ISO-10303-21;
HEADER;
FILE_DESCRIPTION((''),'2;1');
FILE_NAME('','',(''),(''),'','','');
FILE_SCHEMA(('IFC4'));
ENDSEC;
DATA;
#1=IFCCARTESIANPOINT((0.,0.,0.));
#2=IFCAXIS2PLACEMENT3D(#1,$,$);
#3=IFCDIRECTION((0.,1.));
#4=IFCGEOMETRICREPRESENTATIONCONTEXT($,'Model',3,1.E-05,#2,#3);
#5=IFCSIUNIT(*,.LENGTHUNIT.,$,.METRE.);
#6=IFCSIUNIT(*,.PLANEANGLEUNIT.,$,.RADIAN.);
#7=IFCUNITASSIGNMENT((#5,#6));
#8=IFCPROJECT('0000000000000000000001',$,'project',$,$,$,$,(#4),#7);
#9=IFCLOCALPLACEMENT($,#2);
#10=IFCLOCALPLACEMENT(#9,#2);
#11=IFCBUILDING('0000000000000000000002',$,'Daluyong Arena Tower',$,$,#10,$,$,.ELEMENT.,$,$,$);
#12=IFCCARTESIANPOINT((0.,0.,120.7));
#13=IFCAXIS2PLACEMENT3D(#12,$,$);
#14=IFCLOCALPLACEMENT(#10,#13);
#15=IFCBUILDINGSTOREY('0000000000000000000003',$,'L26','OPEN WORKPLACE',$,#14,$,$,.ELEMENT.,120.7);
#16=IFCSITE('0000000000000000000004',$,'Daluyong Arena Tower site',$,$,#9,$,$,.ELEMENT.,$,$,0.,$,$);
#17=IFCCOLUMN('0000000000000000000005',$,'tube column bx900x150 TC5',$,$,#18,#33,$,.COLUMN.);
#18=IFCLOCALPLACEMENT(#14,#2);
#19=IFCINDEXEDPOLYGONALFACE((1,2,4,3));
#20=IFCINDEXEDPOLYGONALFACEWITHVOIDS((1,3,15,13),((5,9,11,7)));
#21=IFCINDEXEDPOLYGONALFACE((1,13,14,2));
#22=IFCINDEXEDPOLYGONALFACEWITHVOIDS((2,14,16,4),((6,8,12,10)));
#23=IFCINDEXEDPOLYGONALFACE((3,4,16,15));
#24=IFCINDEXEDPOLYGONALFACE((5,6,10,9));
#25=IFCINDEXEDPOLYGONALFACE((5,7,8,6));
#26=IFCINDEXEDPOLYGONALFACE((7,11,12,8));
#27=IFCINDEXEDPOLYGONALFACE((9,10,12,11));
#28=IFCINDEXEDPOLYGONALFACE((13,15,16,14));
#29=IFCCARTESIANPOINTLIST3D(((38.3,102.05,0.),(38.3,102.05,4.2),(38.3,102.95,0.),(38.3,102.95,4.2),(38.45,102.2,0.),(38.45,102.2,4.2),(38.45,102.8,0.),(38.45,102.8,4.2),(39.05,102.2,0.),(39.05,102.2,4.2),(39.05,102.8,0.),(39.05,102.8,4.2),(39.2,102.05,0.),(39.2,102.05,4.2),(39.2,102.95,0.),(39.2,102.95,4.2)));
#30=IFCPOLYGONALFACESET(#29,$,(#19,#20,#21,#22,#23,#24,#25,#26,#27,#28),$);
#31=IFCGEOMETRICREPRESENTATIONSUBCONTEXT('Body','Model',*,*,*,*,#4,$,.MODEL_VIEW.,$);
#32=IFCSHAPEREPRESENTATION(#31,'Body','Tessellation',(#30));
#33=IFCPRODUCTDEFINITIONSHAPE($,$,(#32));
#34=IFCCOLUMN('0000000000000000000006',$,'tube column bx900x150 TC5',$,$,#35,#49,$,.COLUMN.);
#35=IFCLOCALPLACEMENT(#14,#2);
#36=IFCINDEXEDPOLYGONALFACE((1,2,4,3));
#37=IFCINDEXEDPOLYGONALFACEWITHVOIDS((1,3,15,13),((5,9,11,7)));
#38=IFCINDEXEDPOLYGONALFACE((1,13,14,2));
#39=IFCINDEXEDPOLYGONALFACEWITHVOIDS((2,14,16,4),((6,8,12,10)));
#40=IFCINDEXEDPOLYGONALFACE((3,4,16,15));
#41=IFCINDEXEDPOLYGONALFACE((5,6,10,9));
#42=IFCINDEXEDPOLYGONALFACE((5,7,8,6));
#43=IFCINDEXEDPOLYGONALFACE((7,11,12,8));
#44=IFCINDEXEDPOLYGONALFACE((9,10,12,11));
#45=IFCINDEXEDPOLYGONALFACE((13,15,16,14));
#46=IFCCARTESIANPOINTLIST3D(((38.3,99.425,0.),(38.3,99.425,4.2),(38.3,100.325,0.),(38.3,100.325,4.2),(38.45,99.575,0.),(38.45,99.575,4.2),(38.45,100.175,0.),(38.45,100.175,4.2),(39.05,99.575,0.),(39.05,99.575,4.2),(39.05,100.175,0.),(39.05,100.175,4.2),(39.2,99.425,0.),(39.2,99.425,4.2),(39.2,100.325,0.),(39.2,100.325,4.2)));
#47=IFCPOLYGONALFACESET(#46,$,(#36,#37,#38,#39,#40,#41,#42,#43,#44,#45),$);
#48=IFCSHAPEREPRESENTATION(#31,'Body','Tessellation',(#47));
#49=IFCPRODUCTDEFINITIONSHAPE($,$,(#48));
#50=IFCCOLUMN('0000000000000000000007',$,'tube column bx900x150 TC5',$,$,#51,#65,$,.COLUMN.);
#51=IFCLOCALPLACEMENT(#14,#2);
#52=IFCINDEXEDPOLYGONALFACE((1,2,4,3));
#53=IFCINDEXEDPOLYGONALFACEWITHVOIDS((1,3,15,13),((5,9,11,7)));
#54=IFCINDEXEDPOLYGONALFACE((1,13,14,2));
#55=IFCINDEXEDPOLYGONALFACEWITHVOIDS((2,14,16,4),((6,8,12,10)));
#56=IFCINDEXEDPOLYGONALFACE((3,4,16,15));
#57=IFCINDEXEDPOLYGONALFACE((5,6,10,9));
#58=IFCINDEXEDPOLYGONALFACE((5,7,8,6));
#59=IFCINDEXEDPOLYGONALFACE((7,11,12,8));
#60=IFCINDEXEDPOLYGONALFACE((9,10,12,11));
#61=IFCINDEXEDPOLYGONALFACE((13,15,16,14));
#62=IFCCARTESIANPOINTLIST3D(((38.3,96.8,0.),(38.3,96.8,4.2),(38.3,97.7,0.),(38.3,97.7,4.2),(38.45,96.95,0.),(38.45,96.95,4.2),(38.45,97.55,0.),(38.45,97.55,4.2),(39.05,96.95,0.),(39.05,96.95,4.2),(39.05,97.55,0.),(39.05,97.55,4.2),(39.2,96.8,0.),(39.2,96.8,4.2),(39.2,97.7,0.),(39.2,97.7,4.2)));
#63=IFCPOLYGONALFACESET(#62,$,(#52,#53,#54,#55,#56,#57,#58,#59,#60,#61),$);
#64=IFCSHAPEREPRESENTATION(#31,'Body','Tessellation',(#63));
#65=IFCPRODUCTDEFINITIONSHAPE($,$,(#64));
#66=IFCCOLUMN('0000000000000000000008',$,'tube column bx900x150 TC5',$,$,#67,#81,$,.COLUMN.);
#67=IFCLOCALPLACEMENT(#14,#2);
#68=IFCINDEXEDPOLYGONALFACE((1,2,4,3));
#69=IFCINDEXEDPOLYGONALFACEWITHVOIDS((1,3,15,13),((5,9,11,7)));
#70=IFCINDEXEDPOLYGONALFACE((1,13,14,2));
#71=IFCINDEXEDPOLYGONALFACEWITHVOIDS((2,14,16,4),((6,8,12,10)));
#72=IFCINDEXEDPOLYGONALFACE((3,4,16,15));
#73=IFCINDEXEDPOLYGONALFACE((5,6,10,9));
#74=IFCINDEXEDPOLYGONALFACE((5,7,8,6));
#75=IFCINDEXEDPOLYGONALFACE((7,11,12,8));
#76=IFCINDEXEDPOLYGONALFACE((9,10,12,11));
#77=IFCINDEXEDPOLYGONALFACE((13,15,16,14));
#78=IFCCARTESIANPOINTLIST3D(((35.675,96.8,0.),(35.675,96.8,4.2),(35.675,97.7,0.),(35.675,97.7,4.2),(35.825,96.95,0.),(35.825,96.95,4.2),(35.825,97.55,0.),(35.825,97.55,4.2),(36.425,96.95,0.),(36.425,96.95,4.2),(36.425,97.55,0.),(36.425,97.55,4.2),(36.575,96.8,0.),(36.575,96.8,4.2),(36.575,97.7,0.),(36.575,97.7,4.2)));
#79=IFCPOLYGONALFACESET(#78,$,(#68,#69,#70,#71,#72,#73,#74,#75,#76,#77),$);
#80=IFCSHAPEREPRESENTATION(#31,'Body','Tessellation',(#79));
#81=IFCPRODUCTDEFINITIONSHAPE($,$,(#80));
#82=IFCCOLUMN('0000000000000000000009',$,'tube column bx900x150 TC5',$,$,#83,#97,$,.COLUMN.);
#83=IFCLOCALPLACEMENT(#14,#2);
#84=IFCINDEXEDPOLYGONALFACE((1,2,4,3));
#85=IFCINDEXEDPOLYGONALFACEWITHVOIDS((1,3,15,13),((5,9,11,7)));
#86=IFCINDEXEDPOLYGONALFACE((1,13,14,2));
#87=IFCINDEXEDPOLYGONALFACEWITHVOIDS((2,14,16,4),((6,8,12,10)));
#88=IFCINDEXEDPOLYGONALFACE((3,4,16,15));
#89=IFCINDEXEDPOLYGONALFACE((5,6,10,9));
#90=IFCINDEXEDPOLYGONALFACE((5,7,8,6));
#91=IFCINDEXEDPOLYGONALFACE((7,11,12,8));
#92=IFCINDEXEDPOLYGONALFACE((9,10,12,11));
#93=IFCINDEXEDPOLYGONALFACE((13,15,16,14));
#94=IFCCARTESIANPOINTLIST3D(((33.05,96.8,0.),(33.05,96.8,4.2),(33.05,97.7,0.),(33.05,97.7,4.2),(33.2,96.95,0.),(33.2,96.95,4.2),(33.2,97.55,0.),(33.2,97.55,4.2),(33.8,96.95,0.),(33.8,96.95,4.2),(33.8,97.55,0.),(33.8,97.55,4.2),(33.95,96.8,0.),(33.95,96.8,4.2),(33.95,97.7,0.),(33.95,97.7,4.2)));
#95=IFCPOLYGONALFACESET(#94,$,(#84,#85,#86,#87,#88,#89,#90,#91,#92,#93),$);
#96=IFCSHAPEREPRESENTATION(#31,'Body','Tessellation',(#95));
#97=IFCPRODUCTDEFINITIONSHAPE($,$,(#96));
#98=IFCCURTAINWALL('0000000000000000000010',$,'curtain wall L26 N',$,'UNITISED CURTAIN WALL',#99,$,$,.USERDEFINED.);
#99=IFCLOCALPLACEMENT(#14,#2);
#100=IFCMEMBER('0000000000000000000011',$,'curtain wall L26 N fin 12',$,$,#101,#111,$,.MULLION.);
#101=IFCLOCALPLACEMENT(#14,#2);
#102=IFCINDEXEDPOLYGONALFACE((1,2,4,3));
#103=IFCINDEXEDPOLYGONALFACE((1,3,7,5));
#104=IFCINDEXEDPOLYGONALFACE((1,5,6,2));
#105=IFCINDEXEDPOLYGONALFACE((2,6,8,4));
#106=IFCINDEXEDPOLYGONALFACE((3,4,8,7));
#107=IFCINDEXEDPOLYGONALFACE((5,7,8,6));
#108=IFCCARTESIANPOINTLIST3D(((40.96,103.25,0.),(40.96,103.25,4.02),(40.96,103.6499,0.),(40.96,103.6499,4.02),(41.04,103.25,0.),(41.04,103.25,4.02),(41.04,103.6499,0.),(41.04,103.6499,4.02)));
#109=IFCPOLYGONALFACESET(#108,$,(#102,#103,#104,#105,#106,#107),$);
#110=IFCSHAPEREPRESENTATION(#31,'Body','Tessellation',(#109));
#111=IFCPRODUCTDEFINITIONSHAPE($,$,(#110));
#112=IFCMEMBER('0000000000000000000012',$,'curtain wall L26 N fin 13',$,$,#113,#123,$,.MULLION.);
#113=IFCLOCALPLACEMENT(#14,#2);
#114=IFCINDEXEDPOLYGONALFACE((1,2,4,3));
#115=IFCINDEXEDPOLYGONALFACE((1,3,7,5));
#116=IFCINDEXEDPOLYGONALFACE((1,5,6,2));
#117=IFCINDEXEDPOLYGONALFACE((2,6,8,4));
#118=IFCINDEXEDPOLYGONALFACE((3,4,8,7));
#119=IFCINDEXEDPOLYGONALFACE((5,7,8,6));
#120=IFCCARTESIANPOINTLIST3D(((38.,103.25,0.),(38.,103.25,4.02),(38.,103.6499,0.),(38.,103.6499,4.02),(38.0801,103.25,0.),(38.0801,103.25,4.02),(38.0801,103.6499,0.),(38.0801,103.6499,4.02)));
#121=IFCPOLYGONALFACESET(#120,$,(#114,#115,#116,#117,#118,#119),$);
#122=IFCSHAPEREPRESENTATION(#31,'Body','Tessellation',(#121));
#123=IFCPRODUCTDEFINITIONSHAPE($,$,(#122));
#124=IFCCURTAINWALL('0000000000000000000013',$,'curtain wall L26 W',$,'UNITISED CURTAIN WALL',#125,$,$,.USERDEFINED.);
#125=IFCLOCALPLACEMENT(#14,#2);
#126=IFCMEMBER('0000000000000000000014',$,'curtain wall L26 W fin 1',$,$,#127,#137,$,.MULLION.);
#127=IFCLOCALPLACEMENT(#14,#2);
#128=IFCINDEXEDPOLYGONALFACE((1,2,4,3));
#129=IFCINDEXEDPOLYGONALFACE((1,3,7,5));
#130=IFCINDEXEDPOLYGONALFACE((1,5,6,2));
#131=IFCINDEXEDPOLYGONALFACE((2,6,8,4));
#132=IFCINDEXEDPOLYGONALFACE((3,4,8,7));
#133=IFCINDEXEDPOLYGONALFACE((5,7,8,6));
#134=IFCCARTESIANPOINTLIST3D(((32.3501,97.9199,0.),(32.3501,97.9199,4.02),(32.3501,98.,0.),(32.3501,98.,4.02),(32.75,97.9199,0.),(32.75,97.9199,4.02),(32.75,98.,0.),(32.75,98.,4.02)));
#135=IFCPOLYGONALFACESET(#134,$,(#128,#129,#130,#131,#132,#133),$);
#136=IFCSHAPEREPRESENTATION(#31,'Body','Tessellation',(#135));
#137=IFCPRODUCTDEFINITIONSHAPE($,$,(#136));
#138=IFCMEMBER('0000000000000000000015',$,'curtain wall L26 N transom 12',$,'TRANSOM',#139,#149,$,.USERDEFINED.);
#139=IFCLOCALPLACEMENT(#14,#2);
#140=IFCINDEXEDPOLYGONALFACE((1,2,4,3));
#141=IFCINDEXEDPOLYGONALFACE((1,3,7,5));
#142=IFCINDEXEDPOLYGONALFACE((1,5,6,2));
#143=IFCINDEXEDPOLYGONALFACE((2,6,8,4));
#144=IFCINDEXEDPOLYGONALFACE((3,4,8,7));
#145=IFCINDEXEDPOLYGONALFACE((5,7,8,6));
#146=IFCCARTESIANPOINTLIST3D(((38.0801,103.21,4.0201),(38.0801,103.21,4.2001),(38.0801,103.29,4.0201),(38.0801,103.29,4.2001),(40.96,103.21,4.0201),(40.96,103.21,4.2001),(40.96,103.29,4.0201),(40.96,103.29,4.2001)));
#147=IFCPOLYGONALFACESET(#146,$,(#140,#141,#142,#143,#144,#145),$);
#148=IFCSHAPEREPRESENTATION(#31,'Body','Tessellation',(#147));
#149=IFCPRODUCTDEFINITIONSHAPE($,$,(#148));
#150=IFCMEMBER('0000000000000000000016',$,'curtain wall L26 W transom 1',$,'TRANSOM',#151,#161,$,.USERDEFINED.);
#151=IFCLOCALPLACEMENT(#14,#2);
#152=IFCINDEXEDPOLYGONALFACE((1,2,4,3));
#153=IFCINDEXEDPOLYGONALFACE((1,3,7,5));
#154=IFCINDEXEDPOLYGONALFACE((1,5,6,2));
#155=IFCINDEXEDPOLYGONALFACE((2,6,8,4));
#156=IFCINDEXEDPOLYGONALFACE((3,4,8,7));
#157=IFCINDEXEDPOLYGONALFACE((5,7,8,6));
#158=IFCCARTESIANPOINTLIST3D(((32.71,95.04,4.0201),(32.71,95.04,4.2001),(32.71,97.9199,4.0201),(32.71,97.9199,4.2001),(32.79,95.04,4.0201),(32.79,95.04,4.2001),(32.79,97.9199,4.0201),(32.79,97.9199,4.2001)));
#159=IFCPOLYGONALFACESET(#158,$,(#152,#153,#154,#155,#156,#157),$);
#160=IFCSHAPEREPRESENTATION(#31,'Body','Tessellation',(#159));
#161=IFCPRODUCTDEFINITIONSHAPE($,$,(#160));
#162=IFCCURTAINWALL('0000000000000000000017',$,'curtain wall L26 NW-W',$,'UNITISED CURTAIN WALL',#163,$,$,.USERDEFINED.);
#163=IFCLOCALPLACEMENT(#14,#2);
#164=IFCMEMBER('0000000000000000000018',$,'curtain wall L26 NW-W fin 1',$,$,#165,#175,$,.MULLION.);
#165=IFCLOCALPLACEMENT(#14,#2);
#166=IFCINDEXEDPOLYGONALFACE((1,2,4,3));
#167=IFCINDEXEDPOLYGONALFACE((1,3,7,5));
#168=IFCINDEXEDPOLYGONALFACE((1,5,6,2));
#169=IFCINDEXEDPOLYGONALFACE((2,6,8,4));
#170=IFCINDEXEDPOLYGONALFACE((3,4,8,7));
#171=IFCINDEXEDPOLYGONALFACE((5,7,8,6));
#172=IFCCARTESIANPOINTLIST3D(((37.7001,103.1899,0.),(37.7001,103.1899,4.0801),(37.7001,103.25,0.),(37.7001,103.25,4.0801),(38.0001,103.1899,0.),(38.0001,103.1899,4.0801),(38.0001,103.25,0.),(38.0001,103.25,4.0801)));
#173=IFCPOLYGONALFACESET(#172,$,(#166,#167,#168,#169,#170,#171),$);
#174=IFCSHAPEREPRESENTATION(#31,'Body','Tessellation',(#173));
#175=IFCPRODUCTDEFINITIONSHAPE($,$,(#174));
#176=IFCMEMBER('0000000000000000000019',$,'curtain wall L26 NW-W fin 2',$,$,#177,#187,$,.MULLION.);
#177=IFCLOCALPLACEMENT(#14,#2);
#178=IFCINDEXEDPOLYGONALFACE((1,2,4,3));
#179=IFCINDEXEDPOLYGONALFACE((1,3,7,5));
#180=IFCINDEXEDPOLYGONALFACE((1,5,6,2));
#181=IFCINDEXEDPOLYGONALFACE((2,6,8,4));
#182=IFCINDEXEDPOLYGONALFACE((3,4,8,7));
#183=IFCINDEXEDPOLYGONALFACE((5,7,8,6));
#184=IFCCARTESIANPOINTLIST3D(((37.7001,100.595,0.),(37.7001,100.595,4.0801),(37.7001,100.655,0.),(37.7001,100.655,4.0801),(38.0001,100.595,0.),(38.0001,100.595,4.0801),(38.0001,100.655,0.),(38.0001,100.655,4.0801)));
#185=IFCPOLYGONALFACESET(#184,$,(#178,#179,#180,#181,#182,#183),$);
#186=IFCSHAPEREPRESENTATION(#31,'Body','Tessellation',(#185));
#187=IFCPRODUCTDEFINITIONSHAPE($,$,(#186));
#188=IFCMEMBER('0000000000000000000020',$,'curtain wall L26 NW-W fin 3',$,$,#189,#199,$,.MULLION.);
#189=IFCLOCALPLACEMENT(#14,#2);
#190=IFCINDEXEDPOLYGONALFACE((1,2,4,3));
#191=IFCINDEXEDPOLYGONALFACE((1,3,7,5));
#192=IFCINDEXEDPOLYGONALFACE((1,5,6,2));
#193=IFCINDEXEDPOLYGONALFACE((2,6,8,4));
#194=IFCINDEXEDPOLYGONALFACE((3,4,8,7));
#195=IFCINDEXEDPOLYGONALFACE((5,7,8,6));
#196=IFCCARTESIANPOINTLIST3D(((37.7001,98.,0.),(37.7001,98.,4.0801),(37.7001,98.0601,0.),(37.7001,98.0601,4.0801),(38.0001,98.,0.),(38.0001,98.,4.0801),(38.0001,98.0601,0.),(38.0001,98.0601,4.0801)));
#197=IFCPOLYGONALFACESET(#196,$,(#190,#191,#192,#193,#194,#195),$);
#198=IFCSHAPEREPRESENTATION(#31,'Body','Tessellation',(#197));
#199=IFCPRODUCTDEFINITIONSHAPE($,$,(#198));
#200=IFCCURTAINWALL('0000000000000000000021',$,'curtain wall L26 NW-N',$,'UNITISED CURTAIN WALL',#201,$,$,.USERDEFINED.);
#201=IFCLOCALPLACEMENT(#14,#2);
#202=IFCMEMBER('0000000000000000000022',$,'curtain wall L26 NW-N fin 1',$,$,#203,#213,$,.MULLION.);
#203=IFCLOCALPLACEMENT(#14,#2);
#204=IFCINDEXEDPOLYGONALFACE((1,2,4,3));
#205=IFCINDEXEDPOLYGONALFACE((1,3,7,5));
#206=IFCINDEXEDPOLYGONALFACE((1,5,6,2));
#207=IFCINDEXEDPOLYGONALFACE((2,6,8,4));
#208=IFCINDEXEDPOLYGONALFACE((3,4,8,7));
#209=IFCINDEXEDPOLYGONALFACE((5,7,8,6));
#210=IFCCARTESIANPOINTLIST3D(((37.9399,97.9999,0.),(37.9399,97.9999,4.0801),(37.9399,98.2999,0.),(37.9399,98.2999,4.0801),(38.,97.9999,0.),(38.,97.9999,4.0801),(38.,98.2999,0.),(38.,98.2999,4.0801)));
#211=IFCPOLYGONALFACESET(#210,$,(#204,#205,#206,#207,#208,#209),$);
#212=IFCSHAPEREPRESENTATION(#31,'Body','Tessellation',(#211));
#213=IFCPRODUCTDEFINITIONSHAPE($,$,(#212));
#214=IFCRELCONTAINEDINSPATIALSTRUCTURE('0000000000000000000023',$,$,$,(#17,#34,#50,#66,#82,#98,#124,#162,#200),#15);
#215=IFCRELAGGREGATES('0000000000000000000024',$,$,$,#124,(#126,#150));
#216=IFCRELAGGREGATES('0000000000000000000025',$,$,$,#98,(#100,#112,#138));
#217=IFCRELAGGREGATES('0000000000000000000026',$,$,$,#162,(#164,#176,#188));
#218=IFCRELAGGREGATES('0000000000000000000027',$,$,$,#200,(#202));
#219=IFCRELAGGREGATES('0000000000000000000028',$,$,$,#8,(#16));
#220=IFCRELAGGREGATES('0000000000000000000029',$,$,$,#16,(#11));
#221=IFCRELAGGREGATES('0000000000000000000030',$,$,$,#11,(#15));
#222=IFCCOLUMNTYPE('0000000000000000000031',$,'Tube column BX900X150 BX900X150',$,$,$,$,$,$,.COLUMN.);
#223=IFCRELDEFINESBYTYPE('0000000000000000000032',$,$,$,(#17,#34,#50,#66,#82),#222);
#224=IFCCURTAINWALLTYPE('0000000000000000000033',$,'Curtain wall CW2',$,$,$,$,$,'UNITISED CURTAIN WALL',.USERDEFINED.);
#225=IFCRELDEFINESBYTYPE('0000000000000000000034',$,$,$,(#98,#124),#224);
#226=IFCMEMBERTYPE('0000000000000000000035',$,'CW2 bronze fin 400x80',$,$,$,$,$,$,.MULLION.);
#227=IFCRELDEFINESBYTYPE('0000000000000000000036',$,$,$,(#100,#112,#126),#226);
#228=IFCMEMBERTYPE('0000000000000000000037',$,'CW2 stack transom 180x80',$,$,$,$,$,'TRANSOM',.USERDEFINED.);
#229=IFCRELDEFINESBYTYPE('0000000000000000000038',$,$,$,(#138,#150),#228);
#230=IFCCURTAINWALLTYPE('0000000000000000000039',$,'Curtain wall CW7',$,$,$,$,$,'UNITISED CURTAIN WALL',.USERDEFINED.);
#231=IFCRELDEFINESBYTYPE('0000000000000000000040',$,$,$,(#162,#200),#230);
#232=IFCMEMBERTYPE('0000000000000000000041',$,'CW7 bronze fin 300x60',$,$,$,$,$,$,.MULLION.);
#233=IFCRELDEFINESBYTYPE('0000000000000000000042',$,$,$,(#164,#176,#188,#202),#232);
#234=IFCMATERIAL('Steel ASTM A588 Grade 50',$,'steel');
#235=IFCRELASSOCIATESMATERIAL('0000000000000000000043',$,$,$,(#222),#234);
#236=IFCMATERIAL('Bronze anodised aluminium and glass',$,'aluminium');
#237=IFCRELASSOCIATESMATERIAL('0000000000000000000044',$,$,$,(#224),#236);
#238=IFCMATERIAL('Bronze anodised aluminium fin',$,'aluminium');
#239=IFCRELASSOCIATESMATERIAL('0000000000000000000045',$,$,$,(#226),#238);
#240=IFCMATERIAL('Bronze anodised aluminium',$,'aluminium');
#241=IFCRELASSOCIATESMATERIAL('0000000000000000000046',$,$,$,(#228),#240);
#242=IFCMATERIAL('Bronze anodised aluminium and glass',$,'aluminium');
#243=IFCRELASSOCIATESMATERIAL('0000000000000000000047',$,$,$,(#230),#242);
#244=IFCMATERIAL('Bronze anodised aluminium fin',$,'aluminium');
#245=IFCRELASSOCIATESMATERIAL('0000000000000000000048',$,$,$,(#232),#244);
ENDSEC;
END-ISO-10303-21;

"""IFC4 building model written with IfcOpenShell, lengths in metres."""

from ifc_helpers import new_model, si_unit, direction, frame, origin, origin_2d, place, context, subcontext, project, spatial, rectangle, hollow_rectangle, extrude, material, material_profile, profile_set, type_object, element, aggregate, save


model = new_model("IFC4")

# Units and contexts
model_context = context("Model", 3, precision=1e-05, world=origin(), true_north=direction((0.0, 1.0)))
body_context = subcontext(model_context, "Body", "Model", "MODEL_VIEW")
ifc_project = project(units=[si_unit("LENGTHUNIT", "METRE"), si_unit("PLANEANGLEUNIT", "RADIAN")], contexts=[model_context])

# Site, building, storey
site_placement = place(None, origin())
site = spatial("IfcSite", under=ifc_project, at=site_placement, Name="Daluyong Arena Tower site", CompositionType="ELEMENT", RefElevation=0.0)
building_placement = place(site_placement, origin())
building = spatial("IfcBuilding", under=site, at=building_placement, Name="Daluyong Arena Tower", CompositionType="ELEMENT")
storey_placement = place(building_placement, frame((0.0, 0.0, 120.7)))
storey = spatial("IfcBuildingStorey", under=building, at=storey_placement, Name="L26", Description="OPEN WORKPLACE", CompositionType="ELEMENT", Elevation=120.7)

# Columns
ifc_material_1 = material(Name="Steel ASTM A588 Grade 50", Category="steel")
ifc_material_profile_1 = material_profile(ifc_material_1, hollow_rectangle(XDim=0.8999, YDim=0.8999, WallThickness=0.15, at=origin_2d()))
ifc_profile_set_1 = profile_set([ifc_material_profile_1], Name="Steel ASTM A588 Grade 50")
column_type = type_object("IfcColumnType", Name="Tube column BX900X150 BX900X150", PredefinedType="COLUMN", material=ifc_profile_set_1)
for number, where, z_axis, x_axis, name in (
    (1, (38.75, 102.5, 0.0), (0.0, 0.0, 1.0), (0.0, 1.0, 0.0), "tube column bx900x150 TC5"),
    (2, (38.75, 99.875, 0.0), (0.0, 0.0, 1.0), (0.0, 1.0, 0.0), "tube column bx900x150 TC5"),
    (3, (38.75, 97.25, 0.0), (0.0, 0.0, 1.0), (1.0, 0.0, 0.0), "tube column bx900x150 TC5"),
    (4, (36.125, 97.25, 0.0), (0.0, 0.0, 1.0), (1.0, 0.0, 0.0), "tube column bx900x150 TC5"),
    (5, (33.5, 97.25, 0.0), (0.0, 0.0, 1.0), (0.0, 1.0, 0.0), "tube column bx900x150 TC5"),
):
    element("IfcColumn", number, at=place(storey_placement, frame(where, z_axis=z_axis, x_axis=x_axis)), inside=storey, type_object=column_type, Name=name, PredefinedType="COLUMN", context=body_context, shape_type="SweptSolid", body=[
        extrude(hollow_rectangle(XDim=0.8999, YDim=0.8999, WallThickness=0.15, at=origin_2d()), origin(), (0.0, 0.0, 1.0), 4.2),
    ])

# Curtain wall, members
ifc_material_2 = material(Name="Bronze anodised aluminium and glass", Category="aluminium")
curtain_wall_type_1 = type_object("IfcCurtainWallType", Name="Curtain wall CW2", ElementType="UNITISED CURTAIN WALL", PredefinedType="USERDEFINED", material=ifc_material_2)
curtain_wall_1_placement = place(storey_placement, origin())
curtain_wall_1 = element("IfcCurtainWall", 6, at=curtain_wall_1_placement, inside=storey, type_object=curtain_wall_type_1, Name="curtain wall L26 N", ObjectType="UNITISED CURTAIN WALL", PredefinedType="USERDEFINED")
ifc_material_3 = material(Name="Bronze anodised aluminium fin", Category="aluminium")
ifc_material_profile_2 = material_profile(ifc_material_3, rectangle(XDim=0.3999, YDim=0.0801, at=origin_2d()))
ifc_profile_set_2 = profile_set([ifc_material_profile_2], Name="Bronze anodised aluminium fin")
member_type_1 = type_object("IfcMemberType", Name="CW2 bronze fin 400x80", PredefinedType="MULLION", material=ifc_profile_set_2)
member_1_placement = place(storey_placement, frame((41.0, 103.45, 0.0), z_axis=(0.0, 0.0, 1.0), x_axis=(0.0, -1.0, 0.0)))
member_1 = element("IfcMember", 7, at=member_1_placement, type_object=member_type_1, Name="curtain wall L26 N fin 12", PredefinedType="MULLION", context=body_context, shape_type="SweptSolid", body=[
    extrude(rectangle(XDim=0.3999, YDim=0.0801, at=origin_2d()), origin(), (0.0, 0.0, 1.0), 4.02),
])
member_2_placement = place(storey_placement, frame((38.04, 103.45, 0.0), z_axis=(0.0, 0.0, 1.0), x_axis=(0.0, -1.0, 0.0)))
member_2 = element("IfcMember", 8, at=member_2_placement, type_object=member_type_1, Name="curtain wall L26 N fin 13", PredefinedType="MULLION", context=body_context, shape_type="SweptSolid", body=[
    extrude(rectangle(XDim=0.3999, YDim=0.0801, at=origin_2d()), origin(), (0.0, 0.0, 1.0), 4.02),
])

# Curtain wall, member
curtain_wall_2_placement = place(storey_placement, origin())
curtain_wall_2 = element("IfcCurtainWall", 9, at=curtain_wall_2_placement, inside=storey, type_object=curtain_wall_type_1, Name="curtain wall L26 W", ObjectType="UNITISED CURTAIN WALL", PredefinedType="USERDEFINED")
member_3_placement = place(storey_placement, frame((32.55, 97.96, 0.0), z_axis=(0.0, 0.0, 1.0), x_axis=(1.0, 0.0, 0.0)))
member_3 = element("IfcMember", 10, at=member_3_placement, type_object=member_type_1, Name="curtain wall L26 W fin 1", PredefinedType="MULLION", context=body_context, shape_type="SweptSolid", body=[
    extrude(rectangle(XDim=0.3999, YDim=0.0801, at=origin_2d()), origin(), (0.0, 0.0, 1.0), 4.02),
])

# Members
ifc_material_4 = material(Name="Bronze anodised aluminium", Category="aluminium")
ifc_material_profile_3 = material_profile(ifc_material_4, rectangle(XDim=0.0801, YDim=0.1799, at=origin_2d()))
ifc_profile_set_3 = profile_set([ifc_material_profile_3], Name="Bronze anodised aluminium")
member_type_2 = type_object("IfcMemberType", Name="CW2 stack transom 180x80", ElementType="TRANSOM", PredefinedType="USERDEFINED", material=ifc_profile_set_3)
member_4_placement = place(storey_placement, frame((40.96, 103.25, 4.1101), z_axis=(-1.0, 0.0, 0.0), x_axis=(0.0, -1.0, 0.0)))
member_4 = element("IfcMember", 11, at=member_4_placement, type_object=member_type_2, Name="curtain wall L26 N transom 12", ObjectType="TRANSOM", PredefinedType="USERDEFINED", context=body_context, shape_type="SweptSolid", body=[
    extrude(rectangle(XDim=0.0801, YDim=0.1799, at=origin_2d()), origin(), (0.0, 0.0, 1.0), 2.8799),
])
member_5_placement = place(storey_placement, frame((32.75, 97.9199, 4.1101), z_axis=(0.0, -1.0, 0.0), x_axis=(1.0, 0.0, 0.0)))
member_5 = element("IfcMember", 12, at=member_5_placement, type_object=member_type_2, Name="curtain wall L26 W transom 1", ObjectType="TRANSOM", PredefinedType="USERDEFINED", context=body_context, shape_type="SweptSolid", body=[
    extrude(rectangle(XDim=0.0801, YDim=0.1799, at=origin_2d()), origin(), (0.0, 0.0, 1.0), 2.8799),
])
aggregate(curtain_wall_2, [member_3, member_5])

# Curtain walls, members
ifc_material_5 = material(Name="Bronze anodised aluminium and glass", Category="aluminium")
curtain_wall_type_2 = type_object("IfcCurtainWallType", Name="Curtain wall CW7", ElementType="UNITISED CURTAIN WALL", PredefinedType="USERDEFINED", material=ifc_material_5)
curtain_wall_3_placement = place(storey_placement, origin())
curtain_wall_3 = element("IfcCurtainWall", 13, at=curtain_wall_3_placement, inside=storey, type_object=curtain_wall_type_2, Name="curtain wall L26 NW-W", ObjectType="UNITISED CURTAIN WALL", PredefinedType="USERDEFINED")
ifc_material_6 = material(Name="Bronze anodised aluminium fin", Category="aluminium")
ifc_material_profile_4 = material_profile(ifc_material_6, rectangle(XDim=0.3, YDim=0.0601, at=origin_2d()))
ifc_profile_set_4 = profile_set([ifc_material_profile_4], Name="Bronze anodised aluminium fin")
member_type_3 = type_object("IfcMemberType", Name="CW7 bronze fin 300x60", PredefinedType="MULLION", material=ifc_profile_set_4)
member_6_placement = place(storey_placement, frame((37.8501, 103.22, 0.0), z_axis=(0.0, 0.0, 1.0), x_axis=(1.0, 0.0, 0.0)))
member_6 = element("IfcMember", 14, at=member_6_placement, type_object=member_type_3, Name="curtain wall L26 NW-W fin 1", PredefinedType="MULLION", context=body_context, shape_type="SweptSolid", body=[
    extrude(rectangle(XDim=0.3, YDim=0.0601, at=origin_2d()), origin(), (0.0, 0.0, 1.0), 4.0801),
])
member_7_placement = place(storey_placement, frame((37.8501, 100.625, 0.0), z_axis=(0.0, 0.0, 1.0), x_axis=(1.0, 0.0, 0.0)))
member_7 = element("IfcMember", 15, at=member_7_placement, type_object=member_type_3, Name="curtain wall L26 NW-W fin 2", PredefinedType="MULLION", context=body_context, shape_type="SweptSolid", body=[
    extrude(rectangle(XDim=0.3, YDim=0.0601, at=origin_2d()), origin(), (0.0, 0.0, 1.0), 4.0801),
])
member_8_placement = place(storey_placement, frame((37.8501, 98.03, 0.0), z_axis=(0.0, 0.0, 1.0), x_axis=(1.0, 0.0, 0.0)))
member_8 = element("IfcMember", 16, at=member_8_placement, type_object=member_type_3, Name="curtain wall L26 NW-W fin 3", PredefinedType="MULLION", context=body_context, shape_type="SweptSolid", body=[
    extrude(rectangle(XDim=0.3, YDim=0.0601, at=origin_2d()), origin(), (0.0, 0.0, 1.0), 4.0801),
])
curtain_wall_4_placement = place(storey_placement, origin())
curtain_wall_4 = element("IfcCurtainWall", 17, at=curtain_wall_4_placement, inside=storey, type_object=curtain_wall_type_2, Name="curtain wall L26 NW-N", ObjectType="UNITISED CURTAIN WALL", PredefinedType="USERDEFINED")
member_9_placement = place(storey_placement, frame((37.97, 98.1499, 0.0), z_axis=(0.0, 0.0, 1.0), x_axis=(0.0, -1.0, 0.0)))
member_9 = element("IfcMember", 18, at=member_9_placement, type_object=member_type_3, Name="curtain wall L26 NW-N fin 1", PredefinedType="MULLION", context=body_context, shape_type="SweptSolid", body=[
    extrude(rectangle(XDim=0.3, YDim=0.0601, at=origin_2d()), origin(), (0.0, 0.0, 1.0), 4.0801),
])

aggregate(curtain_wall_1, [member_1, member_2, member_4])
aggregate(curtain_wall_3, [member_6, member_7, member_8])
aggregate(curtain_wall_4, [member_9])

save(model, "model.ifc")
